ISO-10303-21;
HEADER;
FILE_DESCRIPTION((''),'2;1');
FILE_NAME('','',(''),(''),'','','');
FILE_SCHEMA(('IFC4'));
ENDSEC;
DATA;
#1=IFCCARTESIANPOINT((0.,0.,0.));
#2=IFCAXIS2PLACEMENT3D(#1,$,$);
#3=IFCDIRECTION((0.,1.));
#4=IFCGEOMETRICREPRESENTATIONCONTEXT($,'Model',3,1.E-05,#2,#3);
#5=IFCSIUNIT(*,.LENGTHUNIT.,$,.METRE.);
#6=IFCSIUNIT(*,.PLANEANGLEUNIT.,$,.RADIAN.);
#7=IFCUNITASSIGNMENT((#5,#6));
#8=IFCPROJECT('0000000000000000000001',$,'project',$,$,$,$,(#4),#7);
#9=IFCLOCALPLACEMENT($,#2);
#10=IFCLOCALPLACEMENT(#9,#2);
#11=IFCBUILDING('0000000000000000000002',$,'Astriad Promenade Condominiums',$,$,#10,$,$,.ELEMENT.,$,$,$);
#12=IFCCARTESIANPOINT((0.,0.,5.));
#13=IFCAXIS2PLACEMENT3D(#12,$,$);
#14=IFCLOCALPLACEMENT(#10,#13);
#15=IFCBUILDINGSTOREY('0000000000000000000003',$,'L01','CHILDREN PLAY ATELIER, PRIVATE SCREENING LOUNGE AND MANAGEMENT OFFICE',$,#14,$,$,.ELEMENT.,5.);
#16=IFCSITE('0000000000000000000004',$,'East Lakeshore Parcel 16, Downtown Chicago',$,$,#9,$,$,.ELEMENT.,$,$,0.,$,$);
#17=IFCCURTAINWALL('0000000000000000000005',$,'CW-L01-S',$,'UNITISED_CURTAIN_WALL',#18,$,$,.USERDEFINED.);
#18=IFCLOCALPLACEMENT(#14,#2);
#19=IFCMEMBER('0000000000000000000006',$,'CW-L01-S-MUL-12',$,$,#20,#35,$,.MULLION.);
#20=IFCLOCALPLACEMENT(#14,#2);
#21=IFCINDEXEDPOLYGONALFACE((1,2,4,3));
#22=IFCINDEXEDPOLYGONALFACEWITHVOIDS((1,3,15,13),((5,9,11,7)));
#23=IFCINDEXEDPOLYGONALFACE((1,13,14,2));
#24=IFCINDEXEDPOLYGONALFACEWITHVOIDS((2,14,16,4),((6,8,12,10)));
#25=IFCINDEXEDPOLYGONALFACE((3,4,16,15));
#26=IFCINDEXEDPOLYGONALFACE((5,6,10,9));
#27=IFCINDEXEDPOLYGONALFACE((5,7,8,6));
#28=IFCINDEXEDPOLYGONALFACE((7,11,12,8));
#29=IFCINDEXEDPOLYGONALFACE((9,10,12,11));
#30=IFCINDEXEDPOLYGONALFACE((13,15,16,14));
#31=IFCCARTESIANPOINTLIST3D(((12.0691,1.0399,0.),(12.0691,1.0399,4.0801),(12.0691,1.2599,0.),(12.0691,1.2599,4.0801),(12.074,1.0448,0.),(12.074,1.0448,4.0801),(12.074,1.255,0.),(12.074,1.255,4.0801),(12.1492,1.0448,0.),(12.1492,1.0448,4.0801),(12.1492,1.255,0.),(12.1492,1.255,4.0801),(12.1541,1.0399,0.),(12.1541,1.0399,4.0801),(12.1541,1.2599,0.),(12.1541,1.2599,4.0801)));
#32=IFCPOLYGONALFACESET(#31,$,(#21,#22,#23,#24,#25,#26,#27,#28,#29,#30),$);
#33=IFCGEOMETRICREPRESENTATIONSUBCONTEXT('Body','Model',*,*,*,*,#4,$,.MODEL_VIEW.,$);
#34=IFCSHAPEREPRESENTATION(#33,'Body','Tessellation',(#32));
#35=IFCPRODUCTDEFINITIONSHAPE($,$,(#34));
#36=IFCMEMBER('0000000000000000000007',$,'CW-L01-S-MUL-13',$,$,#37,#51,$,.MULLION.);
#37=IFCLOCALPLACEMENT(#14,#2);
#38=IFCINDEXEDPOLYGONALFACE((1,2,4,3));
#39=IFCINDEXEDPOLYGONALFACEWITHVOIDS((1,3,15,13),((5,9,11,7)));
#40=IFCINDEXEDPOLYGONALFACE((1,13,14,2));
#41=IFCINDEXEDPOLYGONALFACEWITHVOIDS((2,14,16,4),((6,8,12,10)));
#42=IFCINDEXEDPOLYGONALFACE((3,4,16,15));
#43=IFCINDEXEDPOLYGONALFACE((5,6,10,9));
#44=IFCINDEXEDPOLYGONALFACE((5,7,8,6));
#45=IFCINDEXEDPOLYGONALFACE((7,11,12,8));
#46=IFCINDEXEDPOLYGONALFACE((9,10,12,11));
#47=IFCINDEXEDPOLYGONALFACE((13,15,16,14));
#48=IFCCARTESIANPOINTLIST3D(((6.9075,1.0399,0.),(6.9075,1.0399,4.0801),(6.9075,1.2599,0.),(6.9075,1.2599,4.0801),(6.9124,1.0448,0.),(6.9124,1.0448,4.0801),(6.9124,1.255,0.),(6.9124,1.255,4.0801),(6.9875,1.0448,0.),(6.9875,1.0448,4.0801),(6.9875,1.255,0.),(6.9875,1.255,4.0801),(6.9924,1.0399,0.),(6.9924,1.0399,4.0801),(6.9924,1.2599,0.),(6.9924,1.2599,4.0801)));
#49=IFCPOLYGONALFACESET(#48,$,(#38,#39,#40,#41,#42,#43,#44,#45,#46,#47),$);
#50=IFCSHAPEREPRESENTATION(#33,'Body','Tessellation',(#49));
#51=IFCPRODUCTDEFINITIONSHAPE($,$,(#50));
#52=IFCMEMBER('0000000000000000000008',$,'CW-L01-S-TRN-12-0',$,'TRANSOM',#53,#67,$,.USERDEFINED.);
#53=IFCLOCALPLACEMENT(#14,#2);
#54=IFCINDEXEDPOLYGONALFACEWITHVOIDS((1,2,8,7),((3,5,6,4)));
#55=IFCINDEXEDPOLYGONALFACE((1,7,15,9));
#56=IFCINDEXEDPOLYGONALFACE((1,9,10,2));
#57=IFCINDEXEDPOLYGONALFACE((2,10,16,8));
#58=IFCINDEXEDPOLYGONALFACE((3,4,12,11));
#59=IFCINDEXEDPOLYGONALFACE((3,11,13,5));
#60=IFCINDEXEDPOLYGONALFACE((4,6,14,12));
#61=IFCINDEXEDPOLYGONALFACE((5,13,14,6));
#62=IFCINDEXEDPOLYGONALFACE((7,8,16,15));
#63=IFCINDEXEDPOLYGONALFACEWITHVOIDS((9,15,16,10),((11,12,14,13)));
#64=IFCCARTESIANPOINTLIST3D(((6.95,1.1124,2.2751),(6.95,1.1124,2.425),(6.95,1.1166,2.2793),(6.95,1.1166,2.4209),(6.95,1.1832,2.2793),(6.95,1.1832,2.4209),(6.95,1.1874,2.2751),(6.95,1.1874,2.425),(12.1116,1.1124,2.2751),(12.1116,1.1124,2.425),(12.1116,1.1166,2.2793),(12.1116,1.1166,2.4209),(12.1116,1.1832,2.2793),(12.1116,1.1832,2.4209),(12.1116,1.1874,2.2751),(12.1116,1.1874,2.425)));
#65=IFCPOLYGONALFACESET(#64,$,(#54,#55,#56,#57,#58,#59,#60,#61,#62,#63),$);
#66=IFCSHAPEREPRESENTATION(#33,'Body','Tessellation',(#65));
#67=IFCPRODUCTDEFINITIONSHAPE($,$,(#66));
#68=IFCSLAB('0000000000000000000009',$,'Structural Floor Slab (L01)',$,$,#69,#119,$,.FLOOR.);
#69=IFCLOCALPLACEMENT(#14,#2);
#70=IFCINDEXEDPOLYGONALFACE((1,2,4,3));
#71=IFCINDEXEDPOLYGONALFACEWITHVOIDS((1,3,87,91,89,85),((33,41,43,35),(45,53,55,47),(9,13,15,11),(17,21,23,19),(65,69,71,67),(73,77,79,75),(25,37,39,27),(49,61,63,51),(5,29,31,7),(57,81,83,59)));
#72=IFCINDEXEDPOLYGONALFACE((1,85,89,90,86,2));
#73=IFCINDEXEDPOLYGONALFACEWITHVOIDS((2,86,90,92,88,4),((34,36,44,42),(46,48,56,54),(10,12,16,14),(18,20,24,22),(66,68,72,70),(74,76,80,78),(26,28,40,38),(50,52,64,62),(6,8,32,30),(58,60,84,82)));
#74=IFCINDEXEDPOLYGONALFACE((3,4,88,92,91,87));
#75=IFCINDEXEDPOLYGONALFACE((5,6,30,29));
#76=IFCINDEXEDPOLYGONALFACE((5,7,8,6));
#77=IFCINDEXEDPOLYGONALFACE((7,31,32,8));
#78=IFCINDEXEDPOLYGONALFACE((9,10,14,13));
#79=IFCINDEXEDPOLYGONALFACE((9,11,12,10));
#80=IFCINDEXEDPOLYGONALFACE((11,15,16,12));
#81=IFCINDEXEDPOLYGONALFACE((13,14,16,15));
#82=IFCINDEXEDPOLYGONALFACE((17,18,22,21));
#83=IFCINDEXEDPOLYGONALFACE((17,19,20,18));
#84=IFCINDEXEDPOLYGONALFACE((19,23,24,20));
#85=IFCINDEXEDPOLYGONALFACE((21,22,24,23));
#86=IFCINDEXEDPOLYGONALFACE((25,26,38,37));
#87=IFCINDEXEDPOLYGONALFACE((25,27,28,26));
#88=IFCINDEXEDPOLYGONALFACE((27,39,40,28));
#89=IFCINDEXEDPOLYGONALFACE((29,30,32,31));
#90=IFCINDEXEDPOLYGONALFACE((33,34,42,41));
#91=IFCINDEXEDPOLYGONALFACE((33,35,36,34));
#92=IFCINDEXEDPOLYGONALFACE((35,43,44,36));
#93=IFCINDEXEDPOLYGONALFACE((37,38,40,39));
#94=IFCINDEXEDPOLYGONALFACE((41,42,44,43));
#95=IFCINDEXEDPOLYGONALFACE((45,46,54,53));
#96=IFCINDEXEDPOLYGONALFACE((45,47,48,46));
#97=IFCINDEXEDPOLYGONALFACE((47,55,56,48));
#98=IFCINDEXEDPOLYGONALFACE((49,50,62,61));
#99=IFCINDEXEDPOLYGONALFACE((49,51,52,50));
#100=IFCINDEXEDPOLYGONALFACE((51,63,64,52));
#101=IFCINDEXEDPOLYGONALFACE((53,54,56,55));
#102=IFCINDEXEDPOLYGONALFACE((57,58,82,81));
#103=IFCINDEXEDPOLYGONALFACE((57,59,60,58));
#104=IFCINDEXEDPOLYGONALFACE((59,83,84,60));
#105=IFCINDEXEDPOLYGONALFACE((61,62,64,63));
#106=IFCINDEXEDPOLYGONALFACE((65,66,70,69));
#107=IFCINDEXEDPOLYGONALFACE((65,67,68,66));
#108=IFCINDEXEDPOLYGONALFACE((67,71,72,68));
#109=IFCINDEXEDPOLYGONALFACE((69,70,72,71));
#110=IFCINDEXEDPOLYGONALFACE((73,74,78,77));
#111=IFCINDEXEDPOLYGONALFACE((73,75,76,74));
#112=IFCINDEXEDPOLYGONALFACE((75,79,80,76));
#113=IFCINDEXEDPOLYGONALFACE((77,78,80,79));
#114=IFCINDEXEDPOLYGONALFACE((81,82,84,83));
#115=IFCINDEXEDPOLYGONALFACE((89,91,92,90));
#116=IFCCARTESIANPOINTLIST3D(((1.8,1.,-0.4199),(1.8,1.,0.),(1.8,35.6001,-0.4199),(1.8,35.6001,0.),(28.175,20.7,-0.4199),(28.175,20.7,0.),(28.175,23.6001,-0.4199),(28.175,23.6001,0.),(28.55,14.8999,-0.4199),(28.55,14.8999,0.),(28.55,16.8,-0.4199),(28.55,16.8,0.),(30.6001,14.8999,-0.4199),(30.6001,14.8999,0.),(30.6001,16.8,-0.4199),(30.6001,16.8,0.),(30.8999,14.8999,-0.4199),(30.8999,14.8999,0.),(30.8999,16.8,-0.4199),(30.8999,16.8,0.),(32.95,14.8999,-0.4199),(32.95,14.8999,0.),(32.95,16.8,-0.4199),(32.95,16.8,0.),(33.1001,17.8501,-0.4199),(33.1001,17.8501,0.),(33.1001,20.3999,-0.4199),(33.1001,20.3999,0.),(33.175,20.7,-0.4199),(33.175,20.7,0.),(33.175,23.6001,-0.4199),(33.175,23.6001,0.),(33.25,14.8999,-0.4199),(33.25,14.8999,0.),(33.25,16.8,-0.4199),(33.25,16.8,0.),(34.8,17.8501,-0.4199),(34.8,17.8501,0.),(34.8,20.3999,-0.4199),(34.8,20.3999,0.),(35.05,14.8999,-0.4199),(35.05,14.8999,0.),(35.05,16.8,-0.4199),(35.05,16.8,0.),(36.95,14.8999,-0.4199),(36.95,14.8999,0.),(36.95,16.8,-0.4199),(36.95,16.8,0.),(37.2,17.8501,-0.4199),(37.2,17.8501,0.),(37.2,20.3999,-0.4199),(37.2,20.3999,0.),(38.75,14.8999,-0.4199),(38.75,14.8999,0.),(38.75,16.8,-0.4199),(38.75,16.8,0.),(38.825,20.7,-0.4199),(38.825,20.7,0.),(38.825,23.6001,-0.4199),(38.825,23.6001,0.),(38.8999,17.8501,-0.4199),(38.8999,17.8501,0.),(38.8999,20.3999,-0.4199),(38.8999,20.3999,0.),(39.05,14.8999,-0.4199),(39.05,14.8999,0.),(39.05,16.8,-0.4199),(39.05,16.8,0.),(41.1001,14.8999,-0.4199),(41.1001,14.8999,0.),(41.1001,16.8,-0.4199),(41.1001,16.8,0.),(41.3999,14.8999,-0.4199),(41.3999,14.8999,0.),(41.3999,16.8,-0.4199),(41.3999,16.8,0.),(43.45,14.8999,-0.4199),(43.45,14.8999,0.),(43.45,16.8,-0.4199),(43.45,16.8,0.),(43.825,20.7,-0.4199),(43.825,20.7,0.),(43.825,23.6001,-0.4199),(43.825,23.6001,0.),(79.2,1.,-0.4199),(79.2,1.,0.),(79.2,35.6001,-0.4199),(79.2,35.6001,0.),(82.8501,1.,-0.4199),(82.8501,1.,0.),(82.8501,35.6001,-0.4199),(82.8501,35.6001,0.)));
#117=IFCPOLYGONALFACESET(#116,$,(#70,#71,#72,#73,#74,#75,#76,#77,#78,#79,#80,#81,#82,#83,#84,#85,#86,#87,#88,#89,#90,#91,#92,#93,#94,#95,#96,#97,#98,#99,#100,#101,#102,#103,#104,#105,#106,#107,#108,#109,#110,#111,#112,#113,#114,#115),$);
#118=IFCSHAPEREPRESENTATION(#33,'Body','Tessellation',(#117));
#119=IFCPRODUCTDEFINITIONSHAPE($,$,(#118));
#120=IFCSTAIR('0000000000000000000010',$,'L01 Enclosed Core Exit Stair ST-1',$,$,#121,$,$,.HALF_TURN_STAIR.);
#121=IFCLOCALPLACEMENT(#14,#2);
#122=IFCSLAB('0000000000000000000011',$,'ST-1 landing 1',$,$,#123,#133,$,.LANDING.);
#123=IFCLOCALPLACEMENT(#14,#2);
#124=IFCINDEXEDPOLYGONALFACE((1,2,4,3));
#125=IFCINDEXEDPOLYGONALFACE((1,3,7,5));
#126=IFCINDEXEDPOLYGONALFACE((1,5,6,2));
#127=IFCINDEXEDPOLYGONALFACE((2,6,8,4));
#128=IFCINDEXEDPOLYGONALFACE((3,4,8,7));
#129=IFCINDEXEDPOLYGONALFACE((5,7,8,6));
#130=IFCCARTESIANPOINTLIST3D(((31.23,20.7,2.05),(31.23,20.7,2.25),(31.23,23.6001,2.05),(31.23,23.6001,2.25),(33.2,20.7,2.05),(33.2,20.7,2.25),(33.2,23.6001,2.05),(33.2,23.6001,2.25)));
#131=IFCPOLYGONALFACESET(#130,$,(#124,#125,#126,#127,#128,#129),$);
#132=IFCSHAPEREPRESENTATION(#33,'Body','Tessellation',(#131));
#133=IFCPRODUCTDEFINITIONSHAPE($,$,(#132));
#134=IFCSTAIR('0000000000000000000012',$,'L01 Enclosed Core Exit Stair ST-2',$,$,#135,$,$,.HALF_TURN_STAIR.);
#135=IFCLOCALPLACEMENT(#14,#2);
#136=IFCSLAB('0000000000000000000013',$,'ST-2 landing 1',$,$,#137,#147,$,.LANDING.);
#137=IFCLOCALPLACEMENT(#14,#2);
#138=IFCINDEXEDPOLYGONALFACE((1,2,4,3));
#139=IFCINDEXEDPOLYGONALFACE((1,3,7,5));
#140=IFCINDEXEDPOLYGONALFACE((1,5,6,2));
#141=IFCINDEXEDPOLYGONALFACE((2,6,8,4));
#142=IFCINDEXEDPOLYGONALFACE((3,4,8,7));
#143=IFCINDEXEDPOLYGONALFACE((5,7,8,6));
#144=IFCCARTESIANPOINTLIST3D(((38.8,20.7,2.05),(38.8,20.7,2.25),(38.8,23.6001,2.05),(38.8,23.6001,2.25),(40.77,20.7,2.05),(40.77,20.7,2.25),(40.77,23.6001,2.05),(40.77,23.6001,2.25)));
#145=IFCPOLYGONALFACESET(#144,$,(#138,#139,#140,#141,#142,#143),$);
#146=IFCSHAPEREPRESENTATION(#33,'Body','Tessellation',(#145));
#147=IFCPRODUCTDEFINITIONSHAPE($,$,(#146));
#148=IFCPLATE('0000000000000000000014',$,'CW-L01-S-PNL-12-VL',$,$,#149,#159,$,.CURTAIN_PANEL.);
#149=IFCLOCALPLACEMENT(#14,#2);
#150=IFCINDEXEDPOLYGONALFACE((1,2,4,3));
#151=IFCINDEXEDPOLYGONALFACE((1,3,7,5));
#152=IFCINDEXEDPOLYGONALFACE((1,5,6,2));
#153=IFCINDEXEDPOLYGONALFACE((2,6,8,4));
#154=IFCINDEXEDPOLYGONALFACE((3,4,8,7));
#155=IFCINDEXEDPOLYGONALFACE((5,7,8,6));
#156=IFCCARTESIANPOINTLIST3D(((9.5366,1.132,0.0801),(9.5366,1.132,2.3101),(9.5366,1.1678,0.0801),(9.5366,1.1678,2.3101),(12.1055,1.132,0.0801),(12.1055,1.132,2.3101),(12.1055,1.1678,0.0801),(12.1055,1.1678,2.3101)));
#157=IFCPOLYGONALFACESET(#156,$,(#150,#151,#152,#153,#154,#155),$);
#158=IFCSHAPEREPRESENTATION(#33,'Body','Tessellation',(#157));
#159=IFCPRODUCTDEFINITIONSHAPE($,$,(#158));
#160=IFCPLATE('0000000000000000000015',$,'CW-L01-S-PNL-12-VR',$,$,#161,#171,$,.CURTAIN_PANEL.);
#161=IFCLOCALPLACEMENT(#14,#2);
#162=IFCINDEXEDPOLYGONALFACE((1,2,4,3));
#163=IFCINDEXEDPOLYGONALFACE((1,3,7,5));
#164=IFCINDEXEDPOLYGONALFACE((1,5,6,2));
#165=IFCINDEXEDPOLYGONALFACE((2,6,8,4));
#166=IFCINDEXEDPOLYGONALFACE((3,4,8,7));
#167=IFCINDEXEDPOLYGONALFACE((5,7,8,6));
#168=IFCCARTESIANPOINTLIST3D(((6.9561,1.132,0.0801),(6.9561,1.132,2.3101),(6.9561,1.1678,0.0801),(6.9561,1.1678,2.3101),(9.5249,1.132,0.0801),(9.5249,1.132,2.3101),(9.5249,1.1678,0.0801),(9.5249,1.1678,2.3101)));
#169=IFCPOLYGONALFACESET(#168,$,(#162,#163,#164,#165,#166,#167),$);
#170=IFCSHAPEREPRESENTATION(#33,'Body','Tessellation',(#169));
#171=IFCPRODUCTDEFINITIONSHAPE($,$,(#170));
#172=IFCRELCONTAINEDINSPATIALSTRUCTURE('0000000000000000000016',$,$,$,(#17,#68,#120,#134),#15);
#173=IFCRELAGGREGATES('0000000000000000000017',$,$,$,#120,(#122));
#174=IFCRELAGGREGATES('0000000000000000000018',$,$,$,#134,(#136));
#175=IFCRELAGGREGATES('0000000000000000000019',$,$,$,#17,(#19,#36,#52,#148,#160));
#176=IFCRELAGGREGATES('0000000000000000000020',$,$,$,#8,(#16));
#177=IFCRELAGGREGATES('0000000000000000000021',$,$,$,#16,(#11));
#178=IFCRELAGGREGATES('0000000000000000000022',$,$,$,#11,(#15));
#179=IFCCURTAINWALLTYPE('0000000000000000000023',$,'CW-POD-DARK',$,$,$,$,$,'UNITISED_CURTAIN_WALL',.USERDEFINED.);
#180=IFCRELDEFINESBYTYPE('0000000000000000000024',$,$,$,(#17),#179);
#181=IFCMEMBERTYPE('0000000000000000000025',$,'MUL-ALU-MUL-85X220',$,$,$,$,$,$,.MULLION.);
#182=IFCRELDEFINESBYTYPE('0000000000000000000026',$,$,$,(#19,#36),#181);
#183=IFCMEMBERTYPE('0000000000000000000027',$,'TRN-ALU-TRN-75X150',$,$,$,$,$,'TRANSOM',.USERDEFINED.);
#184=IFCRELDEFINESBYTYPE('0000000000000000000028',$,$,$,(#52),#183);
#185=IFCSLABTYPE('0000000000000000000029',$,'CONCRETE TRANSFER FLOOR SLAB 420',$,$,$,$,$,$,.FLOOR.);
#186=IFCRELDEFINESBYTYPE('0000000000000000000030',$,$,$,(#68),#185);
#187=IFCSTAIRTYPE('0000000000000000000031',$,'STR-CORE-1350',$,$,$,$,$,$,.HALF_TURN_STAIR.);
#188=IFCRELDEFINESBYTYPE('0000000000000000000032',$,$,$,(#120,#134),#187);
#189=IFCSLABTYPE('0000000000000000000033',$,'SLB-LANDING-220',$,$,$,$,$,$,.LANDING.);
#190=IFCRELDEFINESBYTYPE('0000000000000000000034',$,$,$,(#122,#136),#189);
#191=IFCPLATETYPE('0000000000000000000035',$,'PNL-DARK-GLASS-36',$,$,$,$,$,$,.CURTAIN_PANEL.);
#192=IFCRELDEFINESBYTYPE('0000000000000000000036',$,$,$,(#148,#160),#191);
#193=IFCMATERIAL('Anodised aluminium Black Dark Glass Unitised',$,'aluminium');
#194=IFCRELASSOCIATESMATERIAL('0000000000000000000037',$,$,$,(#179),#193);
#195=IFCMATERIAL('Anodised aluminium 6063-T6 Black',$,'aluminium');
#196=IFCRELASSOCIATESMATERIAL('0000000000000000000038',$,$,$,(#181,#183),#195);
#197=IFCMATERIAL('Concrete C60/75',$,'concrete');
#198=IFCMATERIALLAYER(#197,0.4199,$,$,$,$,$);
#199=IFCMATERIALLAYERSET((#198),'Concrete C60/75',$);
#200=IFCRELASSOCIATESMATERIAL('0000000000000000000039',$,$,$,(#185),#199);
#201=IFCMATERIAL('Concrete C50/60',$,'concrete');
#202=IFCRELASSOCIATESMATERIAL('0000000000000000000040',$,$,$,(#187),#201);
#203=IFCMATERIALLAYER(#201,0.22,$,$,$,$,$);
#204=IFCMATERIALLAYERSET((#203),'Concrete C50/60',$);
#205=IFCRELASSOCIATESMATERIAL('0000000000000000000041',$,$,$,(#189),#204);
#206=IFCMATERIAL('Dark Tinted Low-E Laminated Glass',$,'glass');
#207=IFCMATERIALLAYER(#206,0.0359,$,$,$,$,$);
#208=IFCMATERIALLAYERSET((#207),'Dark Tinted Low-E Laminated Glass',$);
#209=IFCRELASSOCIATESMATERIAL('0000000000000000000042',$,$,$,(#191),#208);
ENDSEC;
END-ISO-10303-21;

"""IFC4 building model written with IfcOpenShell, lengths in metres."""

from ifc_helpers import new_model, si_unit, direction, frame, origin, origin_2d, place, context, subcontext, project, spatial, polyline, rectangle, hollow_rectangle, outline, extrude, source, transform, mapped, material, layer, layer_set, material_profile, profile_set, type_object, type_shapes, element, aggregate, save


model = new_model("IFC4")

# Units and contexts
model_context = context("Model", 3, precision=1e-05, world=origin(), true_north=direction((0.0, 1.0)))
body_context = subcontext(model_context, "Body", "Model", "MODEL_VIEW")
ifc_project = project(units=[si_unit("LENGTHUNIT", "METRE"), si_unit("PLANEANGLEUNIT", "RADIAN")], contexts=[model_context])

# Site, building, storey
site_placement = place(None, origin())
site = spatial("IfcSite", under=ifc_project, at=site_placement, Name="East Lakeshore Parcel 16, Downtown Chicago", CompositionType="ELEMENT", RefElevation=0.0)
building_placement = place(site_placement, origin())
building = spatial("IfcBuilding", under=site, at=building_placement, Name="Astriad Promenade Condominiums", CompositionType="ELEMENT")
storey_placement = place(building_placement, frame((0.0, 0.0, 5.0)))
storey = spatial("IfcBuildingStorey", under=building, at=storey_placement, Name="L01", Description="CHILDREN PLAY ATELIER, PRIVATE SCREENING LOUNGE AND MANAGEMENT OFFICE", CompositionType="ELEMENT", Elevation=5.0)

# Curtain wall, members
ifc_material_1 = material(Name="Anodised aluminium Black Dark Glass Unitised", Category="aluminium")
curtain_wall_type = type_object("IfcCurtainWallType", Name="CW-POD-DARK", ElementType="UNITISED_CURTAIN_WALL", PredefinedType="USERDEFINED", material=ifc_material_1)
curtain_wall_placement = place(storey_placement, origin())
curtain_wall = element("IfcCurtainWall", 1, at=curtain_wall_placement, inside=storey, type_object=curtain_wall_type, Name="CW-L01-S", ObjectType="UNITISED_CURTAIN_WALL", PredefinedType="USERDEFINED")
ifc_material_2 = material(Name="Anodised aluminium 6063-T6 Black", Category="aluminium")
ifc_material_profile_1 = material_profile(ifc_material_2, hollow_rectangle(XDim=0.085, YDim=0.22, WallThickness=0.0049, at=origin_2d()), Name="ALU-MUL-85X220")
ifc_profile_set_1 = profile_set([ifc_material_profile_1], Name="Anodised aluminium 6063-T6 Black")
member_type_1 = type_object("IfcMemberType", Name="MUL-ALU-MUL-85X220", PredefinedType="MULLION", material=ifc_profile_set_1)
shared_shape_1 = source(origin(), body_context, "Body", "SweptSolid", [
    extrude(hollow_rectangle(XDim=0.085, YDim=0.22, WallThickness=0.0049, at=origin_2d()), origin(), (0.0, 0.0, 1.0), 4.0801),
])
type_shapes(member_type_1, [shared_shape_1])
member_1_placement = place(storey_placement, frame((12.1116, 1.1499, 0.0), z_axis=(0.0, 0.0, 1.0), x_axis=(1.0, 0.0, 0.0)))
member_1 = element("IfcMember", 2, at=member_1_placement, type_object=member_type_1, Name="CW-L01-S-MUL-12", PredefinedType="MULLION", context=body_context, shape_type="MappedRepresentation", body=[
    mapped(shared_shape_1, transform((0.0, 0.0, 0.0), scale=1.0)),
])
member_2_placement = place(storey_placement, frame((6.95, 1.1499, 0.0), z_axis=(0.0, 0.0, 1.0), x_axis=(1.0, 0.0, 0.0)))
member_2 = element("IfcMember", 3, at=member_2_placement, type_object=member_type_1, Name="CW-L01-S-MUL-13", PredefinedType="MULLION", context=body_context, shape_type="MappedRepresentation", body=[
    mapped(shared_shape_1, transform((0.0, 0.0, 0.0), scale=1.0)),
])
ifc_material_profile_2 = material_profile(ifc_material_2, hollow_rectangle(XDim=0.075, YDim=0.1499, WallThickness=0.0042, at=origin_2d()), Name="ALU-TRN-75X150")
ifc_profile_set_2 = profile_set([ifc_material_profile_2], Name="Anodised aluminium 6063-T6 Black")
member_type_2 = type_object("IfcMemberType", Name="TRN-ALU-TRN-75X150", ElementType="TRANSOM", PredefinedType="USERDEFINED", material=ifc_profile_set_2)
shared_shape_2 = source(origin(), body_context, "Body", "SweptSolid", [
    extrude(hollow_rectangle(XDim=0.075, YDim=0.1499, WallThickness=0.0042, at=origin_2d()), origin(), (0.0, 0.0, 1.0), 5.1616),
])
type_shapes(member_type_2, [shared_shape_2])
member_3_placement = place(storey_placement, frame((12.1116, 1.1499, 2.3501), z_axis=(-1.0, 0.0, 0.0), x_axis=(0.0, -1.0, 0.0)))
member_3 = element("IfcMember", 4, at=member_3_placement, type_object=member_type_2, Name="CW-L01-S-TRN-12-0", ObjectType="TRANSOM", PredefinedType="USERDEFINED", context=body_context, shape_type="MappedRepresentation", body=[
    mapped(shared_shape_2, transform((0.0, 0.0, 0.0), scale=1.0)),
])

# Slab
ifc_material_3 = material(Name="Concrete C60/75", Category="concrete")
ifc_layer_1 = layer(ifc_material_3, 0.4199)
ifc_layer_set_1 = layer_set([ifc_layer_1], Name="Concrete C60/75")
slab_type_1 = type_object("IfcSlabType", Name="CONCRETE TRANSFER FLOOR SLAB 420", PredefinedType="FLOOR", material=ifc_layer_set_1)
slab_1_placement = place(storey_placement, frame((0.0, 0.0, -0.4199)))
element("IfcSlab", 5, at=slab_1_placement, inside=storey, type_object=slab_type_1, Name="Structural Floor Slab (L01)", PredefinedType="FLOOR", context=body_context, shape_type="SweptSolid", body=[
    extrude(outline(polyline([(79.2, 1.0), (82.8501, 1.0), (82.8501, 35.6001), (79.2, 35.6001), (1.8, 35.6001), (1.8, 1.0), (79.2, 1.0)]), holes=[polyline([(28.175, 20.7), (33.175, 20.7), (33.175, 23.6001), (28.175, 23.6001), (28.175, 20.7)]), polyline([(38.825, 20.7), (43.825, 20.7), (43.825, 23.6001), (38.825, 23.6001), (38.825, 20.7)]), polyline([(33.1001, 17.8501), (34.8, 17.8501), (34.8, 20.3999), (33.1001, 20.3999), (33.1001, 17.8501)]), polyline([(37.2, 17.8501), (38.8999, 17.8501), (38.8999, 20.3999), (37.2, 20.3999), (37.2, 17.8501)]), polyline([(28.55, 14.8999), (30.6001, 14.8999), (30.6001, 16.8), (28.55, 16.8), (28.55, 14.8999)]), polyline([(30.8999, 14.8999), (32.95, 14.8999), (32.95, 16.8), (30.8999, 16.8), (30.8999, 14.8999)]), polyline([(33.25, 14.8999), (35.05, 14.8999), (35.05, 16.8), (33.25, 16.8), (33.25, 14.8999)]), polyline([(36.95, 14.8999), (38.75, 14.8999), (38.75, 16.8), (36.95, 16.8), (36.95, 14.8999)]), polyline([(39.05, 14.8999), (41.1001, 14.8999), (41.1001, 16.8), (39.05, 16.8), (39.05, 14.8999)]), polyline([(41.3999, 14.8999), (43.45, 14.8999), (43.45, 16.8), (41.3999, 16.8), (41.3999, 14.8999)])]), origin(), (0.0, 0.0, 1.0), 0.4199),
])

# Stairs, slabs
ifc_material_4 = material(Name="Concrete C50/60", Category="concrete")
stair_type = type_object("IfcStairType", Name="STR-CORE-1350", PredefinedType="HALF_TURN_STAIR", material=ifc_material_4)
stair_1_placement = place(storey_placement, origin())
stair_1 = element("IfcStair", 6, at=stair_1_placement, inside=storey, type_object=stair_type, Name="L01 Enclosed Core Exit Stair ST-1", PredefinedType="HALF_TURN_STAIR")
ifc_layer_2 = layer(ifc_material_4, 0.22)
ifc_layer_set_2 = layer_set([ifc_layer_2], Name="Concrete C50/60")
slab_type_2 = type_object("IfcSlabType", Name="SLB-LANDING-220", PredefinedType="LANDING", material=ifc_layer_set_2)
slab_2_placement = place(storey_placement, frame((0.0, 0.0, 2.05)))
slab_2 = element("IfcSlab", 7, at=slab_2_placement, type_object=slab_type_2, Name="ST-1 landing 1", PredefinedType="LANDING", context=body_context, shape_type="SweptSolid", body=[
    extrude(outline(polyline([(31.23, 20.7), (33.2, 20.7), (33.2, 23.6001), (31.23, 23.6001), (31.23, 20.7)])), origin(), (0.0, 0.0, 1.0), 0.2),
])
aggregate(stair_1, [slab_2])
stair_2_placement = place(storey_placement, origin())
stair_2 = element("IfcStair", 8, at=stair_2_placement, inside=storey, type_object=stair_type, Name="L01 Enclosed Core Exit Stair ST-2", PredefinedType="HALF_TURN_STAIR")
slab_3_placement = place(storey_placement, frame((0.0, 0.0, 2.05)))
slab_3 = element("IfcSlab", 9, at=slab_3_placement, type_object=slab_type_2, Name="ST-2 landing 1", PredefinedType="LANDING", context=body_context, shape_type="SweptSolid", body=[
    extrude(outline(polyline([(40.77, 23.6001), (38.8, 23.6001), (38.8, 20.7), (40.77, 20.7), (40.77, 23.6001)])), origin(), (0.0, 0.0, 1.0), 0.2),
])
aggregate(stair_2, [slab_3])

# Plates
ifc_material_5 = material(Name="Dark Tinted Low-E Laminated Glass", Category="glass")
ifc_layer_3 = layer(ifc_material_5, 0.0359)
ifc_layer_set_3 = layer_set([ifc_layer_3], Name="Dark Tinted Low-E Laminated Glass")
plate_type = type_object("IfcPlateType", Name="PNL-DARK-GLASS-36", PredefinedType="CURTAIN_PANEL", material=ifc_layer_set_3)
shared_shape_3 = source(origin(), body_context, "Body", "SweptSolid", [
    extrude(rectangle(XDim=2.5688, YDim=0.0359, at=origin_2d()), origin(), (0.0, 0.0, 1.0), 2.23),
])
plate_1_placement = place(storey_placement, frame((10.821, 1.1499, 0.0801), z_axis=(0.0, 0.0, 1.0), x_axis=(-1.0, 0.0, 0.0)))
plate_1 = element("IfcPlate", 10, at=plate_1_placement, type_object=plate_type, Name="CW-L01-S-PNL-12-VL", PredefinedType="CURTAIN_PANEL", context=body_context, shape_type="MappedRepresentation", body=[
    mapped(shared_shape_3, transform((0.0, 0.0, 0.0), scale=1.0)),
])
plate_2_placement = place(storey_placement, frame((8.2405, 1.1499, 0.0801), z_axis=(0.0, 0.0, 1.0), x_axis=(-1.0, 0.0, 0.0)))
plate_2 = element("IfcPlate", 11, at=plate_2_placement, type_object=plate_type, Name="CW-L01-S-PNL-12-VR", PredefinedType="CURTAIN_PANEL", context=body_context, shape_type="MappedRepresentation", body=[
    mapped(shared_shape_3, transform((0.0, 0.0, 0.0), scale=1.0)),
])
aggregate(curtain_wall, [member_1, member_2, member_3, plate_1, plate_2])

save(model, "model.ifc")
